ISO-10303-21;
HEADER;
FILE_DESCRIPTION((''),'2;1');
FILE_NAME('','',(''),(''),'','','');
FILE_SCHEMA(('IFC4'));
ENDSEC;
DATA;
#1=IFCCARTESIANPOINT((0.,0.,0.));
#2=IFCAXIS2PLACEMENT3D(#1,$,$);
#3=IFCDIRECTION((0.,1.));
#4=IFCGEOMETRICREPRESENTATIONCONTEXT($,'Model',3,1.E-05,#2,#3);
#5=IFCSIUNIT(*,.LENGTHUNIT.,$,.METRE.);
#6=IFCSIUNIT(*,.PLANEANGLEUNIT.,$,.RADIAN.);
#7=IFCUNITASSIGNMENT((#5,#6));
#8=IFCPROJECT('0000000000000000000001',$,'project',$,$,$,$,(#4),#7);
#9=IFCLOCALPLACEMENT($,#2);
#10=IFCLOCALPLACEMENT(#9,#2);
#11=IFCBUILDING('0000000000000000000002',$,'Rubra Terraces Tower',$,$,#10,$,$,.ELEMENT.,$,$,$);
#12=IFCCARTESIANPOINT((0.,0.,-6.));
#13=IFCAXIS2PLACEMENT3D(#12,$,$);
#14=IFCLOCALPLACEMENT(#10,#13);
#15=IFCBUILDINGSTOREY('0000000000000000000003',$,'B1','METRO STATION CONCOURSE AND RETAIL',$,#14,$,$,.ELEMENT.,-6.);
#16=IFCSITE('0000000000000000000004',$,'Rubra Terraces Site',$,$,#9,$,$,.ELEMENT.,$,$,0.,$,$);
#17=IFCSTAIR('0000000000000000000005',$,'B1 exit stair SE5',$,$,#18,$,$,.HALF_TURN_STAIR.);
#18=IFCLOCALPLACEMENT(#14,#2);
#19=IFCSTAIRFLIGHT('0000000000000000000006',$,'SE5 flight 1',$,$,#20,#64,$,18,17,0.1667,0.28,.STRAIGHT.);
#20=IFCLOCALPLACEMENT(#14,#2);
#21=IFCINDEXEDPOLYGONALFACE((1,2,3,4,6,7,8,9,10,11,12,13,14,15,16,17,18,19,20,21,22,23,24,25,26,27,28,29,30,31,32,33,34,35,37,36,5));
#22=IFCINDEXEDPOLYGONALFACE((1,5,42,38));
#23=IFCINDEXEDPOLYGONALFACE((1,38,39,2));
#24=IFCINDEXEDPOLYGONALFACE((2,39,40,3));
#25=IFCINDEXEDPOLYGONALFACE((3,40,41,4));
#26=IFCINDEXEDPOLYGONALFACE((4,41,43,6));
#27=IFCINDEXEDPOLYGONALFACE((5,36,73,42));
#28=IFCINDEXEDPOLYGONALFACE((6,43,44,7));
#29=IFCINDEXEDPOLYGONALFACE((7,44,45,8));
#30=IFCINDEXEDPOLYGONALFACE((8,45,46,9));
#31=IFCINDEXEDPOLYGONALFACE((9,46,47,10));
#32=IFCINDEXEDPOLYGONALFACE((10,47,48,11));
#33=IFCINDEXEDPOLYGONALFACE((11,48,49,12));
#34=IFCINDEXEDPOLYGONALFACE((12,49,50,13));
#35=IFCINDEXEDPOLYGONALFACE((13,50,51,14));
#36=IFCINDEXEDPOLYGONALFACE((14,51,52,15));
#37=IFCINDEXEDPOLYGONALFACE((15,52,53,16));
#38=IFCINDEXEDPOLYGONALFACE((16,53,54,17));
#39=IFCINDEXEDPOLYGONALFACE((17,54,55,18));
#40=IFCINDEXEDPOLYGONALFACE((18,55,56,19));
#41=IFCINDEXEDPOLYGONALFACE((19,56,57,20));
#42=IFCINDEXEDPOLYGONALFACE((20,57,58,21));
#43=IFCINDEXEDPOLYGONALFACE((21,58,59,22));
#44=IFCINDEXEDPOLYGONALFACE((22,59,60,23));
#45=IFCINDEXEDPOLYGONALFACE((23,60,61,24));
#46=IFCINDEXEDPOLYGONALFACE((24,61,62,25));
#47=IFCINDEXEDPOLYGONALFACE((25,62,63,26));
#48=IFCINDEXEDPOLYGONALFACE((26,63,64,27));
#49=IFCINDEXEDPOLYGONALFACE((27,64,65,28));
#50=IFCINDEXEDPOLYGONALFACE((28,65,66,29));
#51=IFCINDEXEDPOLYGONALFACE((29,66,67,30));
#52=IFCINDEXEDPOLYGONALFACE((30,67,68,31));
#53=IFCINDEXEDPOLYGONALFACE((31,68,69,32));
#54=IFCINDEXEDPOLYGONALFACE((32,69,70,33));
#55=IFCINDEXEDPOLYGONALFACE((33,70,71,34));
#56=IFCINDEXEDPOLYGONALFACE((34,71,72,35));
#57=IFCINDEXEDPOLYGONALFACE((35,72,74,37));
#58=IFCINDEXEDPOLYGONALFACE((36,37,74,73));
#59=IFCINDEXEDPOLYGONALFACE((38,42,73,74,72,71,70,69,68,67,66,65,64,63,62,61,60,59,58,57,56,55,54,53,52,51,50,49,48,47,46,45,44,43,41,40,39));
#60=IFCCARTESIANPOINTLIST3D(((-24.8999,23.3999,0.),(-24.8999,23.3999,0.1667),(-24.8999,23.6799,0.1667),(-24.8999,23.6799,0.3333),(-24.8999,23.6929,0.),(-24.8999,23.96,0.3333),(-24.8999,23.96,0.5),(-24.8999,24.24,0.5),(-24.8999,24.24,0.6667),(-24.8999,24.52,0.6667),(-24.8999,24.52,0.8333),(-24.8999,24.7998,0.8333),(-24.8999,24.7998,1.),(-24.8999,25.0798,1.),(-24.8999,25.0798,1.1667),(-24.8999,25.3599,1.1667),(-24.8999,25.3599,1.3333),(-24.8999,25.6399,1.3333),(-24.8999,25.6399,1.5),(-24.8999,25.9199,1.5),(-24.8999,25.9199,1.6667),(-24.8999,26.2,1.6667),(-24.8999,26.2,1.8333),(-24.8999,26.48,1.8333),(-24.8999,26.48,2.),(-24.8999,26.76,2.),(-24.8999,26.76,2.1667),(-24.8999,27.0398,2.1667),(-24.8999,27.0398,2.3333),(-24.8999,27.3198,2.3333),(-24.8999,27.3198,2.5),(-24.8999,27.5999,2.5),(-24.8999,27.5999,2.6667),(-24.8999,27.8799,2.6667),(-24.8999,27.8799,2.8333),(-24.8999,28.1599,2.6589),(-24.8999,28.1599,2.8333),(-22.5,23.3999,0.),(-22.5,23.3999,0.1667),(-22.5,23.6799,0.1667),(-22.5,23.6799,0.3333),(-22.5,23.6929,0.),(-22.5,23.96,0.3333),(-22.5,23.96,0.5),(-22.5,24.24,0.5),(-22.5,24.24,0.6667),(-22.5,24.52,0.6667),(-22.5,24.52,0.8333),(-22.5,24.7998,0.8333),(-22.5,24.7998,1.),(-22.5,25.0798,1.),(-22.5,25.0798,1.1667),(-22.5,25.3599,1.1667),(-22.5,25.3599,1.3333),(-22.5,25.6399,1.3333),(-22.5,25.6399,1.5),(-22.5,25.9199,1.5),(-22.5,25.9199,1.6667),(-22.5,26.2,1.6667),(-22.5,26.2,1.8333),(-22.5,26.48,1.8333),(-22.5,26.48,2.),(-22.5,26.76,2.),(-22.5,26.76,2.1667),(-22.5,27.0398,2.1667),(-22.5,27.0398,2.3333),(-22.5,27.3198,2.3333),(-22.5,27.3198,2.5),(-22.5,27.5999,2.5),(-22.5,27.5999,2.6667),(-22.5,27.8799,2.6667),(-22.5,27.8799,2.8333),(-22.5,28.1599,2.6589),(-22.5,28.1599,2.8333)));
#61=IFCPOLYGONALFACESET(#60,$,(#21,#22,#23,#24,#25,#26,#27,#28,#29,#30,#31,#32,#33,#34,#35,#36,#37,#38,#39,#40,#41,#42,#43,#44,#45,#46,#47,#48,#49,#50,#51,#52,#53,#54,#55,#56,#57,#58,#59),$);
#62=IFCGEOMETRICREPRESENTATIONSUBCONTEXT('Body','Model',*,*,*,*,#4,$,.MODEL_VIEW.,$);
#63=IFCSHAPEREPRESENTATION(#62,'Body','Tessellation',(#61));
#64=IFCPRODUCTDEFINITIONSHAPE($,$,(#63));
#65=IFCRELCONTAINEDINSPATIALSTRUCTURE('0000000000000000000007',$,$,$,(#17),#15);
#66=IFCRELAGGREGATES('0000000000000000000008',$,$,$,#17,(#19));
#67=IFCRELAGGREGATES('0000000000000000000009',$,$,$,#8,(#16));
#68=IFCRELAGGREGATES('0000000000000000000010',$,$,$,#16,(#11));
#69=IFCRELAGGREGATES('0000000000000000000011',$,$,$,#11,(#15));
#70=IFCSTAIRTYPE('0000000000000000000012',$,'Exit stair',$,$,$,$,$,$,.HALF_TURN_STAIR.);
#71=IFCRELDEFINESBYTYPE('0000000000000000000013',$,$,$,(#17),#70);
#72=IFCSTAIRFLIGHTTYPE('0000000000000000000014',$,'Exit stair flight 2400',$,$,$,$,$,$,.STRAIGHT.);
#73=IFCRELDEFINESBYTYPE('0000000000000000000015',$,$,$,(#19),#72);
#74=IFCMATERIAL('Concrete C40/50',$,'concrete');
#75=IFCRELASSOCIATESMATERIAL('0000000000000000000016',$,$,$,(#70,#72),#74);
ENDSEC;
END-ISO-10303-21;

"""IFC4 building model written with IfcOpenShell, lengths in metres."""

from ifc_helpers import new_model, si_unit, direction, frame, origin, place, context, subcontext, project, spatial, polyline, outline, extrude, material, type_object, element, aggregate, save


model = new_model("IFC4")

# Units and contexts
model_context = context("Model", 3, precision=1e-05, world=origin(), true_north=direction((0.0, 1.0)))
body_context = subcontext(model_context, "Body", "Model", "MODEL_VIEW")
ifc_project = project(units=[si_unit("LENGTHUNIT", "METRE"), si_unit("PLANEANGLEUNIT", "RADIAN")], contexts=[model_context])

# Site, building, storey
site_placement = place(None, origin())
site = spatial("IfcSite", under=ifc_project, at=site_placement, Name="Rubra Terraces Site", CompositionType="ELEMENT", RefElevation=0.0)
building_placement = place(site_placement, origin())
building = spatial("IfcBuilding", under=site, at=building_placement, Name="Rubra Terraces Tower", CompositionType="ELEMENT")
storey_placement = place(building_placement, frame((0.0, 0.0, -6.0)))
storey = spatial("IfcBuildingStorey", under=building, at=storey_placement, Name="B1", Description="METRO STATION CONCOURSE AND RETAIL", CompositionType="ELEMENT", Elevation=-6.0)

# Shared definitions
ifc_material_1 = material(Name="Concrete C40/50", Category="concrete")

# Stair, stair flight
stair_type = type_object("IfcStairType", Name="Exit stair", PredefinedType="HALF_TURN_STAIR", material=ifc_material_1)
stair_placement = place(storey_placement, origin())
stair = element("IfcStair", 1, at=stair_placement, inside=storey, type_object=stair_type, Name="B1 exit stair SE5", PredefinedType="HALF_TURN_STAIR")
stair_flight_type = type_object("IfcStairFlightType", Name="Exit stair flight 2400", PredefinedType="STRAIGHT", material=ifc_material_1)
stair_flight_placement = place(storey_placement, frame((-23.7, 23.3999, 0.0), z_axis=(0.0, 0.0, 1.0), x_axis=(0.0, 1.0, 0.0)))
stair_flight = element("IfcStairFlight", 2, at=stair_flight_placement, type_object=stair_flight_type, Name="SE5 flight 1", NumberOfRisers=18, NumberOfTreads=17, PredefinedType="STRAIGHT", RiserHeight=0.1667, TreadLength=0.28, context=body_context, shape_type="SweptSolid", body=[
    extrude(outline(polyline([(0.0, 0.0), (0.0, 0.1667), (0.28, 0.1667), (0.28, 0.3333), (0.5601, 0.3333), (0.5601, 0.5), (0.8401, 0.5), (0.8401, 0.6667), (1.1201, 0.6667), (1.1201, 0.8333), (1.3999, 0.8333), (1.3999, 1.0), (1.6799, 1.0), (1.6799, 1.1667), (1.96, 1.1667), (1.96, 1.3333), (2.24, 1.3333), (2.24, 1.5), (2.52, 1.5), (2.52, 1.6667), (2.8, 1.6667), (2.8, 1.8333), (3.0801, 1.8333), (3.0801, 2.0), (3.3601, 2.0), (3.3601, 2.1667), (3.6399, 2.1667), (3.6399, 2.3333), (3.9199, 2.3333), (3.9199, 2.5), (4.2, 2.5), (4.2, 2.6667), (4.48, 2.6667), (4.48, 2.8333), (4.76, 2.8333), (4.76, 3.0), (4.76, 2.6589), (0.293, 0.0), (0.0, 0.0)])), frame((0.0, 1.2, 0.0), z_axis=(0.0, -1.0, 0.0), x_axis=(1.0, 0.0, 0.0)), (0.0, 0.0, 1.0), 2.3999),
])
aggregate(stair, [stair_flight])

save(model, "model.ifc")
